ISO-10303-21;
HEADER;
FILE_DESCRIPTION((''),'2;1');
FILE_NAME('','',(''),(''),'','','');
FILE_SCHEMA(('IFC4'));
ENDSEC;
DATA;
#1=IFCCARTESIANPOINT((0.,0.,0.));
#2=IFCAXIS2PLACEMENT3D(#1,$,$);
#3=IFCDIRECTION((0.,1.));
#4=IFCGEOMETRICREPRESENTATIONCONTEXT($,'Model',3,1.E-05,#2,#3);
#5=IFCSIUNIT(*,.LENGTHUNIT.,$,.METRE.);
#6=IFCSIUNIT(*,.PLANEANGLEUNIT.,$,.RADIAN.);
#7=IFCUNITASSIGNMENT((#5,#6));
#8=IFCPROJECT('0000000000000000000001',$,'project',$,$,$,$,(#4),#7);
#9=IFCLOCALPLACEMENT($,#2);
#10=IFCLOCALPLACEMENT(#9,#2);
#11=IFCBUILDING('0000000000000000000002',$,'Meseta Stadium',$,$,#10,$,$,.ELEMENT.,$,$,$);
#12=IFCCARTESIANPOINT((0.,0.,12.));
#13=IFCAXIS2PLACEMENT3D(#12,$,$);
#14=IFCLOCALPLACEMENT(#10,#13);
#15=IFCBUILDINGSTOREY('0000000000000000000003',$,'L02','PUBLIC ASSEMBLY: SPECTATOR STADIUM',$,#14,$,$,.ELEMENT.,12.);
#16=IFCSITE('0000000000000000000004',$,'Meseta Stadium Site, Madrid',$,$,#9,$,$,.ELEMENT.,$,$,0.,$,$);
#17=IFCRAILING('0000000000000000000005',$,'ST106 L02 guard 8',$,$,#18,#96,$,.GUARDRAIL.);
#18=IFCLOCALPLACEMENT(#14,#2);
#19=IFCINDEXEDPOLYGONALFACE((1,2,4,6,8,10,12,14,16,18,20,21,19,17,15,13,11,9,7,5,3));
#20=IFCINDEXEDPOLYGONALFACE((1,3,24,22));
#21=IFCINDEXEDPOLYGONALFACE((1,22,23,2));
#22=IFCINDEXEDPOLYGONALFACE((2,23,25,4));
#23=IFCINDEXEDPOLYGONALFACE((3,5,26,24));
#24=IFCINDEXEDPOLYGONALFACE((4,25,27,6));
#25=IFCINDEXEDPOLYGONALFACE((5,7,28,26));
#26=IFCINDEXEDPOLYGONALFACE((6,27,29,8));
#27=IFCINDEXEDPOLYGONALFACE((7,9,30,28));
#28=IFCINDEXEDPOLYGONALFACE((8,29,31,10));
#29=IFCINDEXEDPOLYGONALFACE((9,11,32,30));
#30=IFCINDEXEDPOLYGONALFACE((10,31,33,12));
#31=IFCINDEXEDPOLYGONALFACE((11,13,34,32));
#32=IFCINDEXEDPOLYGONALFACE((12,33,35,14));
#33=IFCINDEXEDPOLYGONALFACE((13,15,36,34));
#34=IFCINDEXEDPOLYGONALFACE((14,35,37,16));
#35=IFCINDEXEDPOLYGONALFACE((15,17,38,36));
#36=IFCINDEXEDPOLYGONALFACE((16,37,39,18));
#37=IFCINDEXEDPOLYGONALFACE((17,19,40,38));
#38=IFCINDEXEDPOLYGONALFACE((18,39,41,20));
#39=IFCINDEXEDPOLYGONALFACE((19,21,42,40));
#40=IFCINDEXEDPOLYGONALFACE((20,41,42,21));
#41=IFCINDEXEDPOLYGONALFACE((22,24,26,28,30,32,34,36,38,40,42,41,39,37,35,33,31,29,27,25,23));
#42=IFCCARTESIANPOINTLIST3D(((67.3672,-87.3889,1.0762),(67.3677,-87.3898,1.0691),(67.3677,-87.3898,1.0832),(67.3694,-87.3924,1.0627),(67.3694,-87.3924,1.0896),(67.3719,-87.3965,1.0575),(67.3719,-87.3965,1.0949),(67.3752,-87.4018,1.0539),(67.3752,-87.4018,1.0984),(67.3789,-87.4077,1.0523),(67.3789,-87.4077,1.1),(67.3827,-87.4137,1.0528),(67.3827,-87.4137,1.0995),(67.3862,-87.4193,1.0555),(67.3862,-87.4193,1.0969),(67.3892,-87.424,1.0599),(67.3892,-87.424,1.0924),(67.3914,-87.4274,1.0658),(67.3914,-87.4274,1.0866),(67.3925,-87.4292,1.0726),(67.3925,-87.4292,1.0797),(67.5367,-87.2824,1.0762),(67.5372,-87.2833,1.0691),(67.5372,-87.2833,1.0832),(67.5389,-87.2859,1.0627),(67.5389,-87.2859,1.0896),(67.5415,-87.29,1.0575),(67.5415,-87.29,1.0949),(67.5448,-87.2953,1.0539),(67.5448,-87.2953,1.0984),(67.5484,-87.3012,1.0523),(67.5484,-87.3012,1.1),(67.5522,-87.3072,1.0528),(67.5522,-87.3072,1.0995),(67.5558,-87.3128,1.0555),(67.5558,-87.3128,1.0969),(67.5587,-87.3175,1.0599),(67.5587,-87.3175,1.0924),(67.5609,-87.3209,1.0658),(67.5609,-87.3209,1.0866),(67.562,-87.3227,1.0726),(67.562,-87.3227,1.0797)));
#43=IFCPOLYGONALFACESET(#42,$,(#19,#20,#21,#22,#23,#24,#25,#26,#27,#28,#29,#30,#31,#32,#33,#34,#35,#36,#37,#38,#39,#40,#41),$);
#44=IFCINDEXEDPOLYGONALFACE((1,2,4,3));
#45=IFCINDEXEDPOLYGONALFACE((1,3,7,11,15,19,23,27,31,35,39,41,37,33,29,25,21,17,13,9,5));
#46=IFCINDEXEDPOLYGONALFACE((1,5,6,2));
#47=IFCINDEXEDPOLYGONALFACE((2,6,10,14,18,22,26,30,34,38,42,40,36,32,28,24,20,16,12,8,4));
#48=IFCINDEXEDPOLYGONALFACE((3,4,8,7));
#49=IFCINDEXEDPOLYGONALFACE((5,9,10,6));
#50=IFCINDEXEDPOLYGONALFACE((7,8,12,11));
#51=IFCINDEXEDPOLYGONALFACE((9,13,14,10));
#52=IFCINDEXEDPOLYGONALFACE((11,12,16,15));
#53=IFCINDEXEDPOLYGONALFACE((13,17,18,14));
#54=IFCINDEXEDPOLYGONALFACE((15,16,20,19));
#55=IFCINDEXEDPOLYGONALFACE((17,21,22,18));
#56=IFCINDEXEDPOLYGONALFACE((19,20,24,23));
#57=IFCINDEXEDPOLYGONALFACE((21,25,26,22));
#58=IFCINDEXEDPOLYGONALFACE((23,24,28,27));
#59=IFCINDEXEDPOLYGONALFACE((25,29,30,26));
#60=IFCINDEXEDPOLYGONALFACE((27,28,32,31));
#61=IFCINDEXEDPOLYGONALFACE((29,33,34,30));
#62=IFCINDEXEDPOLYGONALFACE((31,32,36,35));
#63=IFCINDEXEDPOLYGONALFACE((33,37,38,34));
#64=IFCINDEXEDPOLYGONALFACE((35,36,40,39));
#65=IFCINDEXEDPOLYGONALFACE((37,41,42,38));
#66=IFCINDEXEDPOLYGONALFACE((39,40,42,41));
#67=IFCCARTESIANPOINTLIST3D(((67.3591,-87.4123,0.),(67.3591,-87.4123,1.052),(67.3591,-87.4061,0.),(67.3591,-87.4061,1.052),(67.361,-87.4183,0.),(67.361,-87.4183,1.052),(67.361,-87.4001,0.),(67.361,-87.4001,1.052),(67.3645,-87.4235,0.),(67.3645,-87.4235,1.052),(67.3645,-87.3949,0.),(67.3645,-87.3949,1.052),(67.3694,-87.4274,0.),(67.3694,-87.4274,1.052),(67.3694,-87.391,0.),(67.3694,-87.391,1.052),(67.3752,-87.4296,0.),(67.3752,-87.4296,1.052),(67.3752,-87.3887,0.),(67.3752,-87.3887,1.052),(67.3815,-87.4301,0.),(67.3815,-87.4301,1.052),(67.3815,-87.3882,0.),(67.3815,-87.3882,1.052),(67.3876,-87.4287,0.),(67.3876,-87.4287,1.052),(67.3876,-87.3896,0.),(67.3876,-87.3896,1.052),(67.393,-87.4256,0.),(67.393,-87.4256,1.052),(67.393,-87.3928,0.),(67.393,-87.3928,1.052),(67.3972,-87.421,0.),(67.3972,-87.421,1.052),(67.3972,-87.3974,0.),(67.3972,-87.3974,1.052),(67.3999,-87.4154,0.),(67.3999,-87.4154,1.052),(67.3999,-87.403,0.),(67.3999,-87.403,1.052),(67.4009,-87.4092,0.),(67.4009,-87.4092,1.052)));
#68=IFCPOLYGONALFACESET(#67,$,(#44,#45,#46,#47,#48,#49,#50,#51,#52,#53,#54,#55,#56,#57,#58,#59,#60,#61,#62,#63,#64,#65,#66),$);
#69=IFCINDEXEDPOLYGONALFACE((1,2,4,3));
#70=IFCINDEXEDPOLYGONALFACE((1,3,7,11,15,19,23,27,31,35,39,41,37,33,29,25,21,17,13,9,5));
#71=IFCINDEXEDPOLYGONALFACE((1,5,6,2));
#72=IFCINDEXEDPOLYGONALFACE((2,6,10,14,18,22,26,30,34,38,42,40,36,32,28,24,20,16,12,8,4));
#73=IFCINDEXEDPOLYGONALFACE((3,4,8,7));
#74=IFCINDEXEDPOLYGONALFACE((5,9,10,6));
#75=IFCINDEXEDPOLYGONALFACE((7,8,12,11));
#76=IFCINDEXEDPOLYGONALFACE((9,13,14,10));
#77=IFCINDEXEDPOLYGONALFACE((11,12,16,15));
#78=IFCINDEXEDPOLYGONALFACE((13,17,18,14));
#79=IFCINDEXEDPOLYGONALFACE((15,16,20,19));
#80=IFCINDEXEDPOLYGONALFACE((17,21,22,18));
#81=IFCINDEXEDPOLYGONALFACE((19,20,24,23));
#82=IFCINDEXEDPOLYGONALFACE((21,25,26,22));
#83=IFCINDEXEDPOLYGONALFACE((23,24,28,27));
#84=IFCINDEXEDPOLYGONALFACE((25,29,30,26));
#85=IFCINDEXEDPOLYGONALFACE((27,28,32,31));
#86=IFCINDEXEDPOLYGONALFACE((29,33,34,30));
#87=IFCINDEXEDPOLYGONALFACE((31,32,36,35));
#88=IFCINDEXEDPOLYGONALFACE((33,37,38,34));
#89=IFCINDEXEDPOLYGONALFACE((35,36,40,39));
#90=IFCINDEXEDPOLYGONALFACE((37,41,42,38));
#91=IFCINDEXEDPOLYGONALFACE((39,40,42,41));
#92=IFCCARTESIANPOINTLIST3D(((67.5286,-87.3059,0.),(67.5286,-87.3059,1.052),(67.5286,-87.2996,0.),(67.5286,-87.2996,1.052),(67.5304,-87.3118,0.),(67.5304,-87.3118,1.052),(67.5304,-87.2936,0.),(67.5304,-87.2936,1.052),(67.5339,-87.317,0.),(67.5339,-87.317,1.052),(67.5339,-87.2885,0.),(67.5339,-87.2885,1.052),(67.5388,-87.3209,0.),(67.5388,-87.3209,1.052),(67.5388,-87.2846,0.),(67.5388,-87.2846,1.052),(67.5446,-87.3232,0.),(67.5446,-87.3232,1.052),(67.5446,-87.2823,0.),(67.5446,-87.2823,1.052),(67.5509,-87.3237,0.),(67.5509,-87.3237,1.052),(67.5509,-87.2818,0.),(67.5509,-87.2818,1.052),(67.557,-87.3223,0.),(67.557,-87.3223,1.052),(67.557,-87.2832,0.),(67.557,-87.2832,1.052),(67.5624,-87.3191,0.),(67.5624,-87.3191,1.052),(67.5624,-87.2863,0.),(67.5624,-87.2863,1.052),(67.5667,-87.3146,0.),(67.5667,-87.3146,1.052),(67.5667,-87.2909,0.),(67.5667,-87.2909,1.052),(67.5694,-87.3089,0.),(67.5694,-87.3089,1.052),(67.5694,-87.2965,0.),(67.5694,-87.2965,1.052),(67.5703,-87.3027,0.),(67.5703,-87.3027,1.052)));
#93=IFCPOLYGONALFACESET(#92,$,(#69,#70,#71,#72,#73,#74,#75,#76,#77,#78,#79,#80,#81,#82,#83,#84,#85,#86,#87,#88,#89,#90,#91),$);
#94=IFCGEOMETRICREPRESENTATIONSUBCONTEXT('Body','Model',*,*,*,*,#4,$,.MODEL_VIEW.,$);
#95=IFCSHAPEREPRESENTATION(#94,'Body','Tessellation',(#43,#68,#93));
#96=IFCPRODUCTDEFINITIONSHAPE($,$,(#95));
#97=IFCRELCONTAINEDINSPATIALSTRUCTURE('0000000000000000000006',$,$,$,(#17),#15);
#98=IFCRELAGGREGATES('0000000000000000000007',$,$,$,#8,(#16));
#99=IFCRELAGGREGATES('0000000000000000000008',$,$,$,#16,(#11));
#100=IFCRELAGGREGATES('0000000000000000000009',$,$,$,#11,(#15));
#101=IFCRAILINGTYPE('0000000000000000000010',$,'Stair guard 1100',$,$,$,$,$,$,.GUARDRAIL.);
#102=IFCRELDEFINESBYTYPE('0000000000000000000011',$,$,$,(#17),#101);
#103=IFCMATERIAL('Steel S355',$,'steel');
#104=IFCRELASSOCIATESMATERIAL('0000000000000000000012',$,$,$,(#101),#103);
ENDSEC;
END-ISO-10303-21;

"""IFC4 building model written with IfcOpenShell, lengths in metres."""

from ifc_helpers import new_model, si_unit, direction, frame, origin, origin_2d, place, context, subcontext, project, spatial, circle, extrude, material, type_object, element, save


model = new_model("IFC4")

# Units and contexts
model_context = context("Model", 3, precision=1e-05, world=origin(), true_north=direction((0.0, 1.0)))
body_context = subcontext(model_context, "Body", "Model", "MODEL_VIEW")
ifc_project = project(units=[si_unit("LENGTHUNIT", "METRE"), si_unit("PLANEANGLEUNIT", "RADIAN")], contexts=[model_context])

# Site, building, storey
site_placement = place(None, origin())
site = spatial("IfcSite", under=ifc_project, at=site_placement, Name="Meseta Stadium Site, Madrid", CompositionType="ELEMENT", RefElevation=0.0)
building_placement = place(site_placement, origin())
building = spatial("IfcBuilding", under=site, at=building_placement, Name="Meseta Stadium", CompositionType="ELEMENT")
storey_placement = place(building_placement, frame((0.0, 0.0, 12.0)))
storey = spatial("IfcBuildingStorey", under=building, at=storey_placement, Name="L02", Description="PUBLIC ASSEMBLY: SPECTATOR STADIUM", CompositionType="ELEMENT", Elevation=12.0)

# Railing
ifc_material_1 = material(Name="Steel S355", Category="steel")
railing_type_1 = type_object("IfcRailingType", Name="Stair guard 1100", PredefinedType="GUARDRAIL", material=ifc_material_1)
railing_1_placement = place(storey_placement, frame((67.3799, -87.4092, 0.0)))
element("IfcRailing", 1, at=railing_1_placement, inside=storey, type_object=railing_type_1, Name="ST106 L02 guard 8", PredefinedType="GUARDRAIL", context=body_context, shape_type="SweptSolid", body=[
    extrude(circle(Radius=0.0239, at=origin_2d()), frame((0.0, 0.0, 1.0762), z_axis=(0.846762, 0.531972, 0.0), x_axis=(-0.531972, 0.846762, 0.0)), (0.0, 0.0, 1.0), 0.2002),
    extrude(circle(Radius=0.021, at=origin_2d()), origin(), (0.0, 0.0, 1.0), 1.052),
    extrude(circle(Radius=0.021, at=origin_2d()), frame((0.1694, 0.1064, 0.0)), (0.0, 0.0, 1.0), 1.052),
])

save(model, "model.ifc")
